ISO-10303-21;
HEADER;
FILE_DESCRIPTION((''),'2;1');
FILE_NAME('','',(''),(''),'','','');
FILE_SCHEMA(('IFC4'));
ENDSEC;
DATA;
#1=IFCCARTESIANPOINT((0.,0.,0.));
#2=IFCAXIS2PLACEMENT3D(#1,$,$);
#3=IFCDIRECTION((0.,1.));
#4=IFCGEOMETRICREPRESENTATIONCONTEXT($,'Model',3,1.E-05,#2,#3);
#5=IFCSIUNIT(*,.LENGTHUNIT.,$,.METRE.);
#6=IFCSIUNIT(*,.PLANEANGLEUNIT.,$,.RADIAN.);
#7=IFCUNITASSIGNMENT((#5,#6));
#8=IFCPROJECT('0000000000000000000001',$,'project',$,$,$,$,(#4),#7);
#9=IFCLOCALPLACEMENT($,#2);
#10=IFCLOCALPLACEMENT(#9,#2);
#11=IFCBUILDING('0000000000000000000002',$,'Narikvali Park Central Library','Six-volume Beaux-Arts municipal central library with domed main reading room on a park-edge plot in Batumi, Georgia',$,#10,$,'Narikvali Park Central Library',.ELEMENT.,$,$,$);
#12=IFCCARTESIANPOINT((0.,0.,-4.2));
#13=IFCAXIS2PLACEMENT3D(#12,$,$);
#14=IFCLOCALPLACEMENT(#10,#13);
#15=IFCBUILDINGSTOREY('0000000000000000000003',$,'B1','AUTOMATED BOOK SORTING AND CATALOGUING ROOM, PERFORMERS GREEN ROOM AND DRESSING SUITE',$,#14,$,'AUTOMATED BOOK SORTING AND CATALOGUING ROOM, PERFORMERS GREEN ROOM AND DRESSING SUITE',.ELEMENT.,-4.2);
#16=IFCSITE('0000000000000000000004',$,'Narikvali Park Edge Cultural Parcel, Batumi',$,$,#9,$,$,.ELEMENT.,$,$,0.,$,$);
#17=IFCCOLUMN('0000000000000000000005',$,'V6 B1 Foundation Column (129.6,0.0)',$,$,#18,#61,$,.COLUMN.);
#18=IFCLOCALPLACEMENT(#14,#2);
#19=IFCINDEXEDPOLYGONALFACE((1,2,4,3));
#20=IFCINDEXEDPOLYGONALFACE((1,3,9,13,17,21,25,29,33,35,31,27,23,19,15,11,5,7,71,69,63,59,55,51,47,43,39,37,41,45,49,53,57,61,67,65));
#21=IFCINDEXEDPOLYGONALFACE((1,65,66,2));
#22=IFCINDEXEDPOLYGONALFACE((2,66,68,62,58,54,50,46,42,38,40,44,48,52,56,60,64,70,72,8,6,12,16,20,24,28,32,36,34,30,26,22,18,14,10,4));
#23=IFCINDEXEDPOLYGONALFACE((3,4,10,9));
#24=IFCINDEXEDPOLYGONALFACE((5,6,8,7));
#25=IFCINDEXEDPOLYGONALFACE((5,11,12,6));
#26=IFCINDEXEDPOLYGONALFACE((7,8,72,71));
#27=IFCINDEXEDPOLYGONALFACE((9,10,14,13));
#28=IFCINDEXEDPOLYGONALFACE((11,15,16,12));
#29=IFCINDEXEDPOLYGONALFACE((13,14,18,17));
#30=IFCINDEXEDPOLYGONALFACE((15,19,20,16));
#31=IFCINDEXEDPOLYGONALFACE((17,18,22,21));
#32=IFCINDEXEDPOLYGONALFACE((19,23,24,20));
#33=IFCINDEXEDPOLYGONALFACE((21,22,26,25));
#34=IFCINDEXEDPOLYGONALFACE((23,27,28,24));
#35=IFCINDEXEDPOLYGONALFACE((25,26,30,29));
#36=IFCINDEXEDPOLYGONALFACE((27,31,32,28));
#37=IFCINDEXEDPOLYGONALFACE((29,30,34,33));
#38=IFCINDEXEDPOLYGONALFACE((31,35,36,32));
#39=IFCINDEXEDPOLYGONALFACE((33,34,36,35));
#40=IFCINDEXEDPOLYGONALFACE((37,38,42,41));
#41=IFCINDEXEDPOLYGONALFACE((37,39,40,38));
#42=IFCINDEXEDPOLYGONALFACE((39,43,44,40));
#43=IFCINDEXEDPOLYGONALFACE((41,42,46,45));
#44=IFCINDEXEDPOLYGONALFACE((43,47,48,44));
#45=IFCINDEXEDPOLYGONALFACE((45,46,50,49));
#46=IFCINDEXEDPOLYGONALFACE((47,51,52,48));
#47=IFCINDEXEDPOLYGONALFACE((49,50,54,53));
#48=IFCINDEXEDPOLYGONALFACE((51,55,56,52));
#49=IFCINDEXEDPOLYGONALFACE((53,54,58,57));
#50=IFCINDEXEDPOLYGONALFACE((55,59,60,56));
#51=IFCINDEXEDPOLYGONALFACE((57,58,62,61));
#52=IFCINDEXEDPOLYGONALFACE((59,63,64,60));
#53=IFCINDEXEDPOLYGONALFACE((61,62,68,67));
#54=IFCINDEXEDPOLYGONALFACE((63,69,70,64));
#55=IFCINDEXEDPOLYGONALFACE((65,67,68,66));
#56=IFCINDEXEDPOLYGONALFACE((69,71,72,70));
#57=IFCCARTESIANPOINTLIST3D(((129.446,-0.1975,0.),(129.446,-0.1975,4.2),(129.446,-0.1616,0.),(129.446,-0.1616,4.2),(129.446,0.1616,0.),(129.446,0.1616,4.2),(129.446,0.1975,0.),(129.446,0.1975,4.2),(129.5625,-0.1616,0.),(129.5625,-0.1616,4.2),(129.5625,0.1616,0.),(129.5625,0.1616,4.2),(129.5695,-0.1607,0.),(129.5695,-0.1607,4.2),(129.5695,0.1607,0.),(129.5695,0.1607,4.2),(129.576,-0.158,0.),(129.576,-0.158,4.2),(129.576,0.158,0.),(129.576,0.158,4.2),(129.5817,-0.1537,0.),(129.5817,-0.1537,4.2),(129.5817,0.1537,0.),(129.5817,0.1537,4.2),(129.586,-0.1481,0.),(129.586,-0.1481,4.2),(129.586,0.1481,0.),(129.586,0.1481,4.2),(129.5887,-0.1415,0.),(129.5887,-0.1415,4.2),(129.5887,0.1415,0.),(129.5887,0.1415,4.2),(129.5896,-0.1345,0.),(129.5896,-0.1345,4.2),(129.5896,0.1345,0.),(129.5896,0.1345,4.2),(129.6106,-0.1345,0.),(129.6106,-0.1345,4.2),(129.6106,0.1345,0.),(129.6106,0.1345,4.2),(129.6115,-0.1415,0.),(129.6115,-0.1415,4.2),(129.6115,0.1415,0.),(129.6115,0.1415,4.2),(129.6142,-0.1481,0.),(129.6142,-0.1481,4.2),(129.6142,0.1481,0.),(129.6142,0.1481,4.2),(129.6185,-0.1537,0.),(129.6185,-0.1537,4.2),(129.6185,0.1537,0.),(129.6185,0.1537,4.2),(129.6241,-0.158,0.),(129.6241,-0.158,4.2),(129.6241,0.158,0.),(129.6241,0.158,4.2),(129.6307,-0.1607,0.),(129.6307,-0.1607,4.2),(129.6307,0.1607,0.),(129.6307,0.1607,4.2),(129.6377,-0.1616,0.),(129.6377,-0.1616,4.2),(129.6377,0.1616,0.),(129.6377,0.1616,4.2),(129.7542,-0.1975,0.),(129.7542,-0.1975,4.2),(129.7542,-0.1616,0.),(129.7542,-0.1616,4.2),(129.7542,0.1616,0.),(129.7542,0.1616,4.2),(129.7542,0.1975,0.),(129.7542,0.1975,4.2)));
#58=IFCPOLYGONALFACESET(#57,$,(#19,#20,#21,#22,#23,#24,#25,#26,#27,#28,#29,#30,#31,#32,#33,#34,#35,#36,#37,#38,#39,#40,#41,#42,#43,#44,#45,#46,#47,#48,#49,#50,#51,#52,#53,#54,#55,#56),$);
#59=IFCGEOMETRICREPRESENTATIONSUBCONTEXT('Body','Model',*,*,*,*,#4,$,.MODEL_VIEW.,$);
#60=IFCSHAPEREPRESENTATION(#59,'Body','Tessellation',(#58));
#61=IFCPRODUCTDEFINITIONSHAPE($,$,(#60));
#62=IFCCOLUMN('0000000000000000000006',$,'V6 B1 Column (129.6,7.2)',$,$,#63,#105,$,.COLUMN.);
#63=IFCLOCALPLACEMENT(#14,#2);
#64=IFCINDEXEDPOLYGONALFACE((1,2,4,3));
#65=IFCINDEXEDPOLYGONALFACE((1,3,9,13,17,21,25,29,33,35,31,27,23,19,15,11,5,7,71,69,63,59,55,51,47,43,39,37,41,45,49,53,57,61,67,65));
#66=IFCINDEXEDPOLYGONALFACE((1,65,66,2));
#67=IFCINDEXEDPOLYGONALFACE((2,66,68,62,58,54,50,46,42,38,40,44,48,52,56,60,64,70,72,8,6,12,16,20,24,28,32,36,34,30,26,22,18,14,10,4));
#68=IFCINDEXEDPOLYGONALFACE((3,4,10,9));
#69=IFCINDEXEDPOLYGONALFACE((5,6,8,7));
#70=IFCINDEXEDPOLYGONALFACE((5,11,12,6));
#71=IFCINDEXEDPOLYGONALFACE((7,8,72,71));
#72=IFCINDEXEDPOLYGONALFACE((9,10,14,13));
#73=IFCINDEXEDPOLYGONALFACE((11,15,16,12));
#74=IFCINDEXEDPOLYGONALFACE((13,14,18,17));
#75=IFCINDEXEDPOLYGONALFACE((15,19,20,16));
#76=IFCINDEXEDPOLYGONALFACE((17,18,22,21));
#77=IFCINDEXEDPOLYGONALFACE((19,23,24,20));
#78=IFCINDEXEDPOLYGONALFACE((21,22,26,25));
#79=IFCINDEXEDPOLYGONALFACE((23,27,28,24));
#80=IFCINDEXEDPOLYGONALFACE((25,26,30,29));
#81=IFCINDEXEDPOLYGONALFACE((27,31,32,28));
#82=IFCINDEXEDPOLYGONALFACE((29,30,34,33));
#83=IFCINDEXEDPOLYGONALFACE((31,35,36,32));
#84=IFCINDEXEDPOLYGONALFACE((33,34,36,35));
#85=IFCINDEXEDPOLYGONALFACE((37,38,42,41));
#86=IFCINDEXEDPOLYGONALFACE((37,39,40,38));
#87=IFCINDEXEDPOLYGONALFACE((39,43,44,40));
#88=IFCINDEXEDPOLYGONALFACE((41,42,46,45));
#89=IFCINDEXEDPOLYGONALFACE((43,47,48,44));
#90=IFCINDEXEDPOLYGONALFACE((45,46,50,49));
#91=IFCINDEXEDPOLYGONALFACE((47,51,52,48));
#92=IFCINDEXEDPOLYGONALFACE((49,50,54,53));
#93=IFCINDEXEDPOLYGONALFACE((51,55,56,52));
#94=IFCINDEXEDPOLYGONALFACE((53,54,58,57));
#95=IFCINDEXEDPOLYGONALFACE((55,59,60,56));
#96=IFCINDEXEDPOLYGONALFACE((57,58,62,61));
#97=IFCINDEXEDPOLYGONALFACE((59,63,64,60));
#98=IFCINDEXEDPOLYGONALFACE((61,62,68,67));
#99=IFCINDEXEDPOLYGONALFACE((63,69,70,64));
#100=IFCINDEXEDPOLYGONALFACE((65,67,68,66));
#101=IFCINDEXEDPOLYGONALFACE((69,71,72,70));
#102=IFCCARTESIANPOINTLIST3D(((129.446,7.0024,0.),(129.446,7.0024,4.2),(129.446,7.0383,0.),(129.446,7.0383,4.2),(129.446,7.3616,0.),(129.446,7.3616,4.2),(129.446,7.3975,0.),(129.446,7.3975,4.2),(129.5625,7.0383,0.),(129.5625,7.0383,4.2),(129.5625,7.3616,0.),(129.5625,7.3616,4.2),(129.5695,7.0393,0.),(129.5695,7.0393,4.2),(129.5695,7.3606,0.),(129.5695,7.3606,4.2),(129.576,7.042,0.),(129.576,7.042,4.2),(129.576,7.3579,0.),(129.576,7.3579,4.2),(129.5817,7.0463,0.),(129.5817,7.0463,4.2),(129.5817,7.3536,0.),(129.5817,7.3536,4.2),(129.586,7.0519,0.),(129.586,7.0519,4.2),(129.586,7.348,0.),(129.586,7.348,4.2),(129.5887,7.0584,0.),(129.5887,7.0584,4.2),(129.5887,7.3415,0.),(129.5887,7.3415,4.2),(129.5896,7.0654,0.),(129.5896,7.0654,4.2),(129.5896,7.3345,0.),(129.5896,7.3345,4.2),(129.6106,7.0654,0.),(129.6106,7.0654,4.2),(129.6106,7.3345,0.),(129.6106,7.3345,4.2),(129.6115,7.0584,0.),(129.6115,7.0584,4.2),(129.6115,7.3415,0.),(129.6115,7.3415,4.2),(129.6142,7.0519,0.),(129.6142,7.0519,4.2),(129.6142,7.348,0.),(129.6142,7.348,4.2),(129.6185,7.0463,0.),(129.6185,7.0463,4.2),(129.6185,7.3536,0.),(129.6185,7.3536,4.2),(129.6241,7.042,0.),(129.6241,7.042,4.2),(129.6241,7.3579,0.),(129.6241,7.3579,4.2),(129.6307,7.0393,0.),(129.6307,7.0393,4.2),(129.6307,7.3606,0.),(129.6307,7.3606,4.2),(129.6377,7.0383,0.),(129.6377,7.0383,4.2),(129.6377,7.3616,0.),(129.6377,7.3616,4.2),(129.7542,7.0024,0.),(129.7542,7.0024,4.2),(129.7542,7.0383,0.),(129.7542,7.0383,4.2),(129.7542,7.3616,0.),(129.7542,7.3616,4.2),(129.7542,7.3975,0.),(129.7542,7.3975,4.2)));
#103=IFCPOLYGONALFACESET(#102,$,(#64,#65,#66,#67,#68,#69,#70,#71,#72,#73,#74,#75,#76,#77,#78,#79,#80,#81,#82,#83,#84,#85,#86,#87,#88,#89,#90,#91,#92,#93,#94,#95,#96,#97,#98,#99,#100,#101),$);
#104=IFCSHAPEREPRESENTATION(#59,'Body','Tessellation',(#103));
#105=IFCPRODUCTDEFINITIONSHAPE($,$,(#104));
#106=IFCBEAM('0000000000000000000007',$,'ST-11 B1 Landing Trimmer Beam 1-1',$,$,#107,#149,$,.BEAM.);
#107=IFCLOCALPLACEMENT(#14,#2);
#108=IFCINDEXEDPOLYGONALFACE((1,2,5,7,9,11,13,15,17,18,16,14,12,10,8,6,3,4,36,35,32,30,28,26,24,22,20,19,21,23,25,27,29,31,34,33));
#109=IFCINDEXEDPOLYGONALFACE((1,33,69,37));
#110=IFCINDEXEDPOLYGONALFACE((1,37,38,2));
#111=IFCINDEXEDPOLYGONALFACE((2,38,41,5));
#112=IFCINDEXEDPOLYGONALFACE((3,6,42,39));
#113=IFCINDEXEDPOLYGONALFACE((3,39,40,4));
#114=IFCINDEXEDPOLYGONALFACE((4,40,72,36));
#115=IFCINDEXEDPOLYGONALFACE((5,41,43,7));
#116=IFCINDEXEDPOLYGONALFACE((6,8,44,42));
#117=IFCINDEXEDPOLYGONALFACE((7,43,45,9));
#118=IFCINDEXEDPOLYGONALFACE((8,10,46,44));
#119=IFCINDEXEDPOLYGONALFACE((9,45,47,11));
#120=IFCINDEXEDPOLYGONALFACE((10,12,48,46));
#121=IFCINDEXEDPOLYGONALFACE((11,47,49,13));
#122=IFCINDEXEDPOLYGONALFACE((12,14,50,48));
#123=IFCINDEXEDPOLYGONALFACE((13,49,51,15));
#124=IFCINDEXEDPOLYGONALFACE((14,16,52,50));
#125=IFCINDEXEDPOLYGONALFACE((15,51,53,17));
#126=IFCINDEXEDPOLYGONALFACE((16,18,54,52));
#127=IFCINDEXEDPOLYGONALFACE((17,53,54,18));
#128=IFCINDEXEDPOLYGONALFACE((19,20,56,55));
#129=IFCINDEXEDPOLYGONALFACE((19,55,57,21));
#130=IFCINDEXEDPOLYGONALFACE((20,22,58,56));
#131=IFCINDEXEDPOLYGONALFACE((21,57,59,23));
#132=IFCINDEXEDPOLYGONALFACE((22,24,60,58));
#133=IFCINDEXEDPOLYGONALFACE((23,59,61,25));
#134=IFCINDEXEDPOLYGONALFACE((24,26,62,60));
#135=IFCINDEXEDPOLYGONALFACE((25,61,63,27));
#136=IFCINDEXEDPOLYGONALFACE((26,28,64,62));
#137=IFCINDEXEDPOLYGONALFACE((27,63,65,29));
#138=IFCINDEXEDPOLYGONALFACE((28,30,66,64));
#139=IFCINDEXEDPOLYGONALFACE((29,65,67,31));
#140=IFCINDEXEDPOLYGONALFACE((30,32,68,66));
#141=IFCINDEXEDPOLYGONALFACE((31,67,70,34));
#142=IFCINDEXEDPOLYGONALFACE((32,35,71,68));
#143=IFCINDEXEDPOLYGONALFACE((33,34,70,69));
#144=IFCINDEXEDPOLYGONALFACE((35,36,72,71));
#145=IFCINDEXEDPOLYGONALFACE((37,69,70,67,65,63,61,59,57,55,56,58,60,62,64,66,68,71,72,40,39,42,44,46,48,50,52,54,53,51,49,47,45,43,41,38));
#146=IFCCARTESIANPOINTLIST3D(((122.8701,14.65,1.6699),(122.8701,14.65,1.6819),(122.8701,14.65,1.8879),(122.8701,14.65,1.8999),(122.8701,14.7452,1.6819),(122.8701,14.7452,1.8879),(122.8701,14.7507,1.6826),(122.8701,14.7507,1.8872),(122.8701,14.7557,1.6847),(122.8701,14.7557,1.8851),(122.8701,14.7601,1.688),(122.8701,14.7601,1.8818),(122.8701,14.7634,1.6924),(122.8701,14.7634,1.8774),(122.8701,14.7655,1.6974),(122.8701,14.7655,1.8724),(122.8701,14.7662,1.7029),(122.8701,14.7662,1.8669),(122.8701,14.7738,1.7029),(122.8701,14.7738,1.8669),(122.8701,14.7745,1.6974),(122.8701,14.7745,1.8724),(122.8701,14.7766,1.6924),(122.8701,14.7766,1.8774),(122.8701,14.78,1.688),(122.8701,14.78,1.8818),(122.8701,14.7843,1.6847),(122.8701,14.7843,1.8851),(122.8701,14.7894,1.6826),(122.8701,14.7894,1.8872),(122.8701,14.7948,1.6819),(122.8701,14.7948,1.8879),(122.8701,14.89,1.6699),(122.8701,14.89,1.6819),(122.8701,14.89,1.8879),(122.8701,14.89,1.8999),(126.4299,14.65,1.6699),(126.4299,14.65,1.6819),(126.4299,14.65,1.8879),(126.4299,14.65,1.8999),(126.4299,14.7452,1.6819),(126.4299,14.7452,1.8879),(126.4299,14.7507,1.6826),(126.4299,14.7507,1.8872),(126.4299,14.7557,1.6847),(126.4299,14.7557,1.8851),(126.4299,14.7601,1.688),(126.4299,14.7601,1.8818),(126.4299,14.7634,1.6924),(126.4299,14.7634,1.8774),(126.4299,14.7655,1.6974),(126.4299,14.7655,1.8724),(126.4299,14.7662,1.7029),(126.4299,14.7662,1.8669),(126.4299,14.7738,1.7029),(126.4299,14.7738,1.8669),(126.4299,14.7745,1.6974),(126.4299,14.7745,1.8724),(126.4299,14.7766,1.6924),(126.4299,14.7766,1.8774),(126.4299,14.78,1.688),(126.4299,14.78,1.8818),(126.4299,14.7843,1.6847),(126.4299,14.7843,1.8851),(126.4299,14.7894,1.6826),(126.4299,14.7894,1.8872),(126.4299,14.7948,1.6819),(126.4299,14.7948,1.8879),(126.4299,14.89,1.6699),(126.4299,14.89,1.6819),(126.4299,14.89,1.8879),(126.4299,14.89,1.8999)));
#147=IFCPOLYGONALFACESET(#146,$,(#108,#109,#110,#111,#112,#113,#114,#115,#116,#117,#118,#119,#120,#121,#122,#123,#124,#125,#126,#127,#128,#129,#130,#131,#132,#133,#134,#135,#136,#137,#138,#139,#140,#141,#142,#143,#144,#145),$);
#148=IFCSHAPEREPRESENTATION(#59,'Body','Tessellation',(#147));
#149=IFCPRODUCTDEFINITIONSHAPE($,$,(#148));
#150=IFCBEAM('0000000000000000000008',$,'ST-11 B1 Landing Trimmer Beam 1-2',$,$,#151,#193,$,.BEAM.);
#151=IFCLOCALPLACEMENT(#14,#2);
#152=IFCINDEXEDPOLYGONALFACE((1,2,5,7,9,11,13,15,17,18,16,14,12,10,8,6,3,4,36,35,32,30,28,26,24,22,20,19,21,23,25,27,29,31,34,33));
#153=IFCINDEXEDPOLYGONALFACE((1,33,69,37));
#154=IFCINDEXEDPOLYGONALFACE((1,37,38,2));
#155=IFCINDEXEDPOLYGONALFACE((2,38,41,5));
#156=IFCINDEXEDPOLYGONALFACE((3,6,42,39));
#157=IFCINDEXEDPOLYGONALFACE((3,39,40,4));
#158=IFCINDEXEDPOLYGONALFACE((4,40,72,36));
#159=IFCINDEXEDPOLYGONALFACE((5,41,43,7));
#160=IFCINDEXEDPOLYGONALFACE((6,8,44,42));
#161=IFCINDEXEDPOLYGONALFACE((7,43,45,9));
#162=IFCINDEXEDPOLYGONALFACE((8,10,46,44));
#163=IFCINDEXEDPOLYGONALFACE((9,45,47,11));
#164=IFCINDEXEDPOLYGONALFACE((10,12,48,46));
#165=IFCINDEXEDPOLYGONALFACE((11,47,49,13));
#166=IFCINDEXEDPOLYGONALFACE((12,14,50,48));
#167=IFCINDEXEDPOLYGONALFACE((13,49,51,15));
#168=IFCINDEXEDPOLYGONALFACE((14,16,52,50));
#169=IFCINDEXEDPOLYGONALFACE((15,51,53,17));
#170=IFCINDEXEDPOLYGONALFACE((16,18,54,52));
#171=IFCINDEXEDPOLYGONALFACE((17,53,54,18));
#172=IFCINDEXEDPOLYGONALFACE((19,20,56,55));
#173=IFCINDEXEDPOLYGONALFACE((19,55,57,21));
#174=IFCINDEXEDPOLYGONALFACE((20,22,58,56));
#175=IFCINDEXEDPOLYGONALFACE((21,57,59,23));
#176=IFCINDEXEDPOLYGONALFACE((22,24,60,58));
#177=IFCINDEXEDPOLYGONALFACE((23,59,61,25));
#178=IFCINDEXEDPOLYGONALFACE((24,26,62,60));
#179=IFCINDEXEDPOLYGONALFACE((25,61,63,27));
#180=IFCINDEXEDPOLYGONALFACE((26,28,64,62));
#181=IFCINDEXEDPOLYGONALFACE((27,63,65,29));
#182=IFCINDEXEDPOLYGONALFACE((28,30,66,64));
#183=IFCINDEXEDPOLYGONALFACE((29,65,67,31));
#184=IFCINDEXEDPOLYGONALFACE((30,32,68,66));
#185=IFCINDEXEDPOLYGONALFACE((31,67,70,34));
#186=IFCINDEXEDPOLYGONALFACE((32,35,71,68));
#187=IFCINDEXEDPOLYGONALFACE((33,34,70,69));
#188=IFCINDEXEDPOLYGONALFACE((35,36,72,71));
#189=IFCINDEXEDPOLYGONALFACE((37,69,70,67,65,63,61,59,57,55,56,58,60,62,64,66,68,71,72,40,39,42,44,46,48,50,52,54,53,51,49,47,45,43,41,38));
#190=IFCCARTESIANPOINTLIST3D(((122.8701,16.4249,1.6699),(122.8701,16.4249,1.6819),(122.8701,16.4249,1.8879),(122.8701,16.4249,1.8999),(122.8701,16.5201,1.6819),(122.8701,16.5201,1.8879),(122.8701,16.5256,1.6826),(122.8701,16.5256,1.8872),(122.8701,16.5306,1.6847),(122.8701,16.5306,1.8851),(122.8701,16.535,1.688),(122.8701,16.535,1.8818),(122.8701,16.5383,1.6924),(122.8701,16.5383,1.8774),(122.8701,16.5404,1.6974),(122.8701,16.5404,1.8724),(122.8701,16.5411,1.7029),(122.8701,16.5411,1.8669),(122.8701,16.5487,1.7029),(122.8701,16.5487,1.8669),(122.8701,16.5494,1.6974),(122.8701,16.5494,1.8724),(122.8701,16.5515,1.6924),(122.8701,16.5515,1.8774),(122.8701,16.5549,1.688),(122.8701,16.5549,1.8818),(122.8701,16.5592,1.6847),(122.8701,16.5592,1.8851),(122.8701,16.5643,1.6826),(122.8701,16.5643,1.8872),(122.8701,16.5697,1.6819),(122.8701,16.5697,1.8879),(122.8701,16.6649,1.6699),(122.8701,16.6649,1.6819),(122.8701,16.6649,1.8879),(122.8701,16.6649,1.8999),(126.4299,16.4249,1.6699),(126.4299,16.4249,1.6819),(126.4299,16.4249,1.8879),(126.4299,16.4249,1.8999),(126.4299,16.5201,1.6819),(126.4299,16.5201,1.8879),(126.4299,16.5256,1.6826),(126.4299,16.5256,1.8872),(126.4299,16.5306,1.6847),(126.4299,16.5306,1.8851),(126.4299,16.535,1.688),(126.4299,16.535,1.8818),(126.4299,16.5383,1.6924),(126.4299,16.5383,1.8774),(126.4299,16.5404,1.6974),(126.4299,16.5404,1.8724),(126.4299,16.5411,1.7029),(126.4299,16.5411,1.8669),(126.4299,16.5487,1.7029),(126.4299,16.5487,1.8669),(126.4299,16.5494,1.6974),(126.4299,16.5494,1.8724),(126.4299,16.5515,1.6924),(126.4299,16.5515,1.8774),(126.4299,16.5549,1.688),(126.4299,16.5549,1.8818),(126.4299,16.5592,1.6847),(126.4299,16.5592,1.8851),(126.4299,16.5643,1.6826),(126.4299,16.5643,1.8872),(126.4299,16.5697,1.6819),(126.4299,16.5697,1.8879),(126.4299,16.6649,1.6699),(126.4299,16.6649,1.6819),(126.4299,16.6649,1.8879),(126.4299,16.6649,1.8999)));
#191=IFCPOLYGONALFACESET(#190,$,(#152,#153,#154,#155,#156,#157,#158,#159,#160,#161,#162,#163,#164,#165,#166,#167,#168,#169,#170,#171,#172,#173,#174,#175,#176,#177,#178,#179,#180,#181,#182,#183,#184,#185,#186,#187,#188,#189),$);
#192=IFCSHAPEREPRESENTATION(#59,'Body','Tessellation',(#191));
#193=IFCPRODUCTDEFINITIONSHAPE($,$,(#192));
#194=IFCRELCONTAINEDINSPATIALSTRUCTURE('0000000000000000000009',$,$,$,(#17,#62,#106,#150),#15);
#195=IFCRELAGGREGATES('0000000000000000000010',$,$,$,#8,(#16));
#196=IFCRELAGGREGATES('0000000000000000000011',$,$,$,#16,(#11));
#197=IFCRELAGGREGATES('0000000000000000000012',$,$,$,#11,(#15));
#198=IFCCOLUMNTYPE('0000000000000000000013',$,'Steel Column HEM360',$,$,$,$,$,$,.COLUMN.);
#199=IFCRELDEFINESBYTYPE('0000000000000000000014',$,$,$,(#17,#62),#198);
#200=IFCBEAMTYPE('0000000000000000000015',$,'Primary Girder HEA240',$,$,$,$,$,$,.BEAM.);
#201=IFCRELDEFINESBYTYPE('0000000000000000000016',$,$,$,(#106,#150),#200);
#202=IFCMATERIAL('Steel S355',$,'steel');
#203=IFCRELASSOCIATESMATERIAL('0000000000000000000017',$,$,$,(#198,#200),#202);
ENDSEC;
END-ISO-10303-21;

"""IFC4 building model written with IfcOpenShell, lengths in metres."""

from ifc_helpers import new_model, si_unit, direction, frame, origin, origin_2d, place, context, subcontext, project, spatial, i_section, extrude, material, material_profile, profile_set, type_object, element, save


model = new_model("IFC4")

# Units and contexts
model_context = context("Model", 3, precision=1e-05, world=origin(), true_north=direction((0.0, 1.0)))
body_context = subcontext(model_context, "Body", "Model", "MODEL_VIEW")
ifc_project = project(units=[si_unit("LENGTHUNIT", "METRE"), si_unit("PLANEANGLEUNIT", "RADIAN")], contexts=[model_context])

# Site, building, storey
site_placement = place(None, origin())
site = spatial("IfcSite", under=ifc_project, at=site_placement, Name="Narikvali Park Edge Cultural Parcel, Batumi", CompositionType="ELEMENT", RefElevation=0.0)
building_placement = place(site_placement, origin())
building = spatial("IfcBuilding", under=site, at=building_placement, Name="Narikvali Park Central Library", Description="Six-volume Beaux-Arts municipal central library with domed main reading room on a park-edge plot in Batumi, Georgia", LongName="Narikvali Park Central Library", CompositionType="ELEMENT")
storey_placement = place(building_placement, frame((0.0, 0.0, -4.2)))
storey = spatial("IfcBuildingStorey", under=building, at=storey_placement, Name="B1", Description="AUTOMATED BOOK SORTING AND CATALOGUING ROOM, PERFORMERS GREEN ROOM AND DRESSING SUITE", LongName="AUTOMATED BOOK SORTING AND CATALOGUING ROOM, PERFORMERS GREEN ROOM AND DRESSING SUITE", CompositionType="ELEMENT", Elevation=-4.2)

# Columns
ifc_material_1 = material(Name="Steel S355", Category="steel")
ifc_material_profile_1 = material_profile(ifc_material_1, i_section(OverallWidth=0.3081, OverallDepth=0.395, WebThickness=0.021, FlangeThickness=0.0359, FilletRadius=0.0271, at=origin_2d()), Name="HEM 360")
ifc_profile_set_1 = profile_set([ifc_material_profile_1], Name="Steel S355")
column_type_1 = type_object("IfcColumnType", Name="Steel Column HEM360", PredefinedType="COLUMN", material=ifc_profile_set_1)
for number, where, z_axis, x_axis, name in (
    (1, (129.6001, 0.0, 0.0), (0.0, 0.0, 1.0), (1.0, 0.0, 0.0), "V6 B1 Foundation Column (129.6,0.0)"),
    (2, (129.6001, 7.2, 0.0), (0.0, 0.0, 1.0), (1.0, 0.0, 0.0), "V6 B1 Column (129.6,7.2)"),
):
    element("IfcColumn", number, at=place(storey_placement, frame(where, z_axis=z_axis, x_axis=x_axis)), inside=storey, type_object=column_type_1, Name=name, PredefinedType="COLUMN", context=body_context, shape_type="SweptSolid", body=[
        extrude(i_section(OverallWidth=0.3081, OverallDepth=0.395, WebThickness=0.021, FlangeThickness=0.0359, FilletRadius=0.0271, at=origin_2d()), origin(), (0.0, 0.0, 1.0), 4.2),
    ])

# Beams
ifc_material_profile_2 = material_profile(ifc_material_1, i_section(OverallWidth=0.24, OverallDepth=0.23, WebThickness=0.0076, FlangeThickness=0.012, FilletRadius=0.021, at=origin_2d()), Name="HEA 240")
ifc_profile_set_2 = profile_set([ifc_material_profile_2], Name="Steel S355")
beam_type = type_object("IfcBeamType", Name="Primary Girder HEA240", PredefinedType="BEAM", material=ifc_profile_set_2)
for number, where, z_axis, x_axis, name in (
    (3, (122.8701, 14.77, 1.7849), (1.0, 0.0, 0.0), (0.0, 1.0, 0.0), "ST-11 B1 Landing Trimmer Beam 1-1"),
    (4, (122.8701, 16.5449, 1.7849), (1.0, 0.0, 0.0), (0.0, 1.0, 0.0), "ST-11 B1 Landing Trimmer Beam 1-2"),
):
    element("IfcBeam", number, at=place(storey_placement, frame(where, z_axis=z_axis, x_axis=x_axis)), inside=storey, type_object=beam_type, Name=name, PredefinedType="BEAM", context=body_context, shape_type="SweptSolid", body=[
        extrude(i_section(OverallWidth=0.24, OverallDepth=0.23, WebThickness=0.0076, FlangeThickness=0.012, FilletRadius=0.021, at=origin_2d()), origin(), (0.0, 0.0, 1.0), 3.5598),
    ])

save(model, "model.ifc")
